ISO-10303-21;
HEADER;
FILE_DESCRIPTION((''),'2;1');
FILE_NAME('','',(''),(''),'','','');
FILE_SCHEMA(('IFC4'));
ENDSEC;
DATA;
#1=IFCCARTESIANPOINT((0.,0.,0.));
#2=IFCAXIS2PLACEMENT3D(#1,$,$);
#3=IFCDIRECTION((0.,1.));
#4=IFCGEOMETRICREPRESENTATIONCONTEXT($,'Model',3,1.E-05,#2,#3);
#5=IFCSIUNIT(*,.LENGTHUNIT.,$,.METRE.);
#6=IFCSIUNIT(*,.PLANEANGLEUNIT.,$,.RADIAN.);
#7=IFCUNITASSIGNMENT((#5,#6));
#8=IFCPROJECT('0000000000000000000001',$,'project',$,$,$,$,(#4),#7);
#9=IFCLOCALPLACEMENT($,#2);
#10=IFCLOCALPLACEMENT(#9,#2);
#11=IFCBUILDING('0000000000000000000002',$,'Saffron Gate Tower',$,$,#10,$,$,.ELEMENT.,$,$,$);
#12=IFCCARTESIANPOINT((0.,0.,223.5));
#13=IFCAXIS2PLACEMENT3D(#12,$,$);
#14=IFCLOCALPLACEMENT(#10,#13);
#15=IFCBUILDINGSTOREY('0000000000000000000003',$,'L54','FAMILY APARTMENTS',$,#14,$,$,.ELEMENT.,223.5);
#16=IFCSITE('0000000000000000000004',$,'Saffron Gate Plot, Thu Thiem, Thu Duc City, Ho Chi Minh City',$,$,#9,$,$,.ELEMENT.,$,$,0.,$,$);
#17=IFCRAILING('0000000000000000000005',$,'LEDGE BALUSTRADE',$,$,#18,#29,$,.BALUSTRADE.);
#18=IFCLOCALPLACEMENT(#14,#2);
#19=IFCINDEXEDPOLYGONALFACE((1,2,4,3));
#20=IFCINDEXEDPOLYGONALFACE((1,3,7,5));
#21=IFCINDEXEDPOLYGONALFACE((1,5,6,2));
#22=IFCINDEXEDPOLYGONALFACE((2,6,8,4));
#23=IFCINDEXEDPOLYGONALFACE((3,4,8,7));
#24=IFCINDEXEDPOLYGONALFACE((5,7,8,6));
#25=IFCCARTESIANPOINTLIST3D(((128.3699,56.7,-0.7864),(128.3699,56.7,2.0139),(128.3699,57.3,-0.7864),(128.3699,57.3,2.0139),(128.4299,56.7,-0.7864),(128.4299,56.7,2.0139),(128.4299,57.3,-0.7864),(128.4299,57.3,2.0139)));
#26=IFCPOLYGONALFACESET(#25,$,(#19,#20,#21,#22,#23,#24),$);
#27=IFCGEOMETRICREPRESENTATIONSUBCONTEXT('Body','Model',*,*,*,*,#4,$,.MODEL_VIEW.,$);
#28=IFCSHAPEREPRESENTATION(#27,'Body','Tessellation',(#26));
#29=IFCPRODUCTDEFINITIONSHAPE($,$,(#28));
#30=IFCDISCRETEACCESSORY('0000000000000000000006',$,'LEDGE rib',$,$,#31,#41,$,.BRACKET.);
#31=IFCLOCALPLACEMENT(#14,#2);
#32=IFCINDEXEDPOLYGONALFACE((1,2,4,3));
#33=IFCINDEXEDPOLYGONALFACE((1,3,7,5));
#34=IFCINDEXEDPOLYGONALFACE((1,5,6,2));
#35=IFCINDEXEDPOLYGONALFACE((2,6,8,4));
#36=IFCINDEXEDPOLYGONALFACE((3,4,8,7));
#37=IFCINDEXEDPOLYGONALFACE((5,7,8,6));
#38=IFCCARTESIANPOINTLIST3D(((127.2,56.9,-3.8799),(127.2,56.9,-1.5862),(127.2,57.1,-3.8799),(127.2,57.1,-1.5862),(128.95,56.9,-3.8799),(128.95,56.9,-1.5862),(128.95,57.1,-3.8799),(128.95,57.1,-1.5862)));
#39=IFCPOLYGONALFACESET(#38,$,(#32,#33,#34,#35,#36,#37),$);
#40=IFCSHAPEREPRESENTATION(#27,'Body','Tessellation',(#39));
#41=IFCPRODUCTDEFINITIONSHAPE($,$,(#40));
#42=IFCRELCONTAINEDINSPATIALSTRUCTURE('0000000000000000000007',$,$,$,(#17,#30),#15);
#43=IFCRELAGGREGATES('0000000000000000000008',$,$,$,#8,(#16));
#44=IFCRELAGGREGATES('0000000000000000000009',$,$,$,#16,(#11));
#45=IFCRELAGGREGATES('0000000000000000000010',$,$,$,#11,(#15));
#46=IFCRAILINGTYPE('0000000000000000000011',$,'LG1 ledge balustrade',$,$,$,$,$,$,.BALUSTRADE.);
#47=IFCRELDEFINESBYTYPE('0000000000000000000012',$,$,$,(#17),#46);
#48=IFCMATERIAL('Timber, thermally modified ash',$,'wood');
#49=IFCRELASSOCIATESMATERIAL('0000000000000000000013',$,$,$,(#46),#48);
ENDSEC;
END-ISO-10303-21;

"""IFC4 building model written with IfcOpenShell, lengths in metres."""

from ifc_helpers import new_model, si_unit, direction, frame, origin, origin_2d, place, context, subcontext, project, spatial, rectangle, extrude, material, type_object, element, save


model = new_model("IFC4")

# Units and contexts
model_context = context("Model", 3, precision=1e-05, world=origin(), true_north=direction((0.0, 1.0)))
body_context = subcontext(model_context, "Body", "Model", "MODEL_VIEW")
ifc_project = project(units=[si_unit("LENGTHUNIT", "METRE"), si_unit("PLANEANGLEUNIT", "RADIAN")], contexts=[model_context])

# Site, building, storey
site_placement = place(None, origin())
site = spatial("IfcSite", under=ifc_project, at=site_placement, Name="Saffron Gate Plot, Thu Thiem, Thu Duc City, Ho Chi Minh City", CompositionType="ELEMENT", RefElevation=0.0)
building_placement = place(site_placement, origin())
building = spatial("IfcBuilding", under=site, at=building_placement, Name="Saffron Gate Tower", CompositionType="ELEMENT")
storey_placement = place(building_placement, frame((0.0, 0.0, 223.5)))
storey = spatial("IfcBuildingStorey", under=building, at=storey_placement, Name="L54", Description="FAMILY APARTMENTS", CompositionType="ELEMENT", Elevation=223.5)

# Shared definitions
ifc_material_1 = material(Name="Timber, thermally modified ash", Category="wood")

# Railing
railing_type = type_object("IfcRailingType", Name="LG1 ledge balustrade", PredefinedType="BALUSTRADE", material=ifc_material_1)
railing_1_placement = place(storey_placement, frame((128.3999, 56.7, -0.7864)))
element("IfcRailing", 1, at=railing_1_placement, inside=storey, type_object=railing_type, Name="LEDGE BALUSTRADE", PredefinedType="BALUSTRADE", context=body_context, shape_type="SweptSolid", body=[
    extrude(rectangle(XDim=0.0601, YDim=2.8003, at=origin_2d()), frame((0.0, 0.0, 1.4001), z_axis=(0.0, 1.0, 0.0), x_axis=(-1.0, 0.0, 0.0)), (0.0, 0.0, 1.0), 0.6001),
])

# Discrete accessory
discrete_accessory_placement = place(storey_placement, frame((128.075, 57.0, -3.8799), z_axis=(0.0, 0.0, 1.0), x_axis=(0.0, 1.0, 0.0)))
element("IfcDiscreteAccessory", 2, at=discrete_accessory_placement, inside=storey, Name="LEDGE rib", PredefinedType="BRACKET", context=body_context, shape_type="SweptSolid", body=[
    extrude(rectangle(XDim=0.2, YDim=1.75, at=origin_2d()), origin(), (0.0, 0.0, 1.0), 2.2937),
])

save(model, "model.ifc")
